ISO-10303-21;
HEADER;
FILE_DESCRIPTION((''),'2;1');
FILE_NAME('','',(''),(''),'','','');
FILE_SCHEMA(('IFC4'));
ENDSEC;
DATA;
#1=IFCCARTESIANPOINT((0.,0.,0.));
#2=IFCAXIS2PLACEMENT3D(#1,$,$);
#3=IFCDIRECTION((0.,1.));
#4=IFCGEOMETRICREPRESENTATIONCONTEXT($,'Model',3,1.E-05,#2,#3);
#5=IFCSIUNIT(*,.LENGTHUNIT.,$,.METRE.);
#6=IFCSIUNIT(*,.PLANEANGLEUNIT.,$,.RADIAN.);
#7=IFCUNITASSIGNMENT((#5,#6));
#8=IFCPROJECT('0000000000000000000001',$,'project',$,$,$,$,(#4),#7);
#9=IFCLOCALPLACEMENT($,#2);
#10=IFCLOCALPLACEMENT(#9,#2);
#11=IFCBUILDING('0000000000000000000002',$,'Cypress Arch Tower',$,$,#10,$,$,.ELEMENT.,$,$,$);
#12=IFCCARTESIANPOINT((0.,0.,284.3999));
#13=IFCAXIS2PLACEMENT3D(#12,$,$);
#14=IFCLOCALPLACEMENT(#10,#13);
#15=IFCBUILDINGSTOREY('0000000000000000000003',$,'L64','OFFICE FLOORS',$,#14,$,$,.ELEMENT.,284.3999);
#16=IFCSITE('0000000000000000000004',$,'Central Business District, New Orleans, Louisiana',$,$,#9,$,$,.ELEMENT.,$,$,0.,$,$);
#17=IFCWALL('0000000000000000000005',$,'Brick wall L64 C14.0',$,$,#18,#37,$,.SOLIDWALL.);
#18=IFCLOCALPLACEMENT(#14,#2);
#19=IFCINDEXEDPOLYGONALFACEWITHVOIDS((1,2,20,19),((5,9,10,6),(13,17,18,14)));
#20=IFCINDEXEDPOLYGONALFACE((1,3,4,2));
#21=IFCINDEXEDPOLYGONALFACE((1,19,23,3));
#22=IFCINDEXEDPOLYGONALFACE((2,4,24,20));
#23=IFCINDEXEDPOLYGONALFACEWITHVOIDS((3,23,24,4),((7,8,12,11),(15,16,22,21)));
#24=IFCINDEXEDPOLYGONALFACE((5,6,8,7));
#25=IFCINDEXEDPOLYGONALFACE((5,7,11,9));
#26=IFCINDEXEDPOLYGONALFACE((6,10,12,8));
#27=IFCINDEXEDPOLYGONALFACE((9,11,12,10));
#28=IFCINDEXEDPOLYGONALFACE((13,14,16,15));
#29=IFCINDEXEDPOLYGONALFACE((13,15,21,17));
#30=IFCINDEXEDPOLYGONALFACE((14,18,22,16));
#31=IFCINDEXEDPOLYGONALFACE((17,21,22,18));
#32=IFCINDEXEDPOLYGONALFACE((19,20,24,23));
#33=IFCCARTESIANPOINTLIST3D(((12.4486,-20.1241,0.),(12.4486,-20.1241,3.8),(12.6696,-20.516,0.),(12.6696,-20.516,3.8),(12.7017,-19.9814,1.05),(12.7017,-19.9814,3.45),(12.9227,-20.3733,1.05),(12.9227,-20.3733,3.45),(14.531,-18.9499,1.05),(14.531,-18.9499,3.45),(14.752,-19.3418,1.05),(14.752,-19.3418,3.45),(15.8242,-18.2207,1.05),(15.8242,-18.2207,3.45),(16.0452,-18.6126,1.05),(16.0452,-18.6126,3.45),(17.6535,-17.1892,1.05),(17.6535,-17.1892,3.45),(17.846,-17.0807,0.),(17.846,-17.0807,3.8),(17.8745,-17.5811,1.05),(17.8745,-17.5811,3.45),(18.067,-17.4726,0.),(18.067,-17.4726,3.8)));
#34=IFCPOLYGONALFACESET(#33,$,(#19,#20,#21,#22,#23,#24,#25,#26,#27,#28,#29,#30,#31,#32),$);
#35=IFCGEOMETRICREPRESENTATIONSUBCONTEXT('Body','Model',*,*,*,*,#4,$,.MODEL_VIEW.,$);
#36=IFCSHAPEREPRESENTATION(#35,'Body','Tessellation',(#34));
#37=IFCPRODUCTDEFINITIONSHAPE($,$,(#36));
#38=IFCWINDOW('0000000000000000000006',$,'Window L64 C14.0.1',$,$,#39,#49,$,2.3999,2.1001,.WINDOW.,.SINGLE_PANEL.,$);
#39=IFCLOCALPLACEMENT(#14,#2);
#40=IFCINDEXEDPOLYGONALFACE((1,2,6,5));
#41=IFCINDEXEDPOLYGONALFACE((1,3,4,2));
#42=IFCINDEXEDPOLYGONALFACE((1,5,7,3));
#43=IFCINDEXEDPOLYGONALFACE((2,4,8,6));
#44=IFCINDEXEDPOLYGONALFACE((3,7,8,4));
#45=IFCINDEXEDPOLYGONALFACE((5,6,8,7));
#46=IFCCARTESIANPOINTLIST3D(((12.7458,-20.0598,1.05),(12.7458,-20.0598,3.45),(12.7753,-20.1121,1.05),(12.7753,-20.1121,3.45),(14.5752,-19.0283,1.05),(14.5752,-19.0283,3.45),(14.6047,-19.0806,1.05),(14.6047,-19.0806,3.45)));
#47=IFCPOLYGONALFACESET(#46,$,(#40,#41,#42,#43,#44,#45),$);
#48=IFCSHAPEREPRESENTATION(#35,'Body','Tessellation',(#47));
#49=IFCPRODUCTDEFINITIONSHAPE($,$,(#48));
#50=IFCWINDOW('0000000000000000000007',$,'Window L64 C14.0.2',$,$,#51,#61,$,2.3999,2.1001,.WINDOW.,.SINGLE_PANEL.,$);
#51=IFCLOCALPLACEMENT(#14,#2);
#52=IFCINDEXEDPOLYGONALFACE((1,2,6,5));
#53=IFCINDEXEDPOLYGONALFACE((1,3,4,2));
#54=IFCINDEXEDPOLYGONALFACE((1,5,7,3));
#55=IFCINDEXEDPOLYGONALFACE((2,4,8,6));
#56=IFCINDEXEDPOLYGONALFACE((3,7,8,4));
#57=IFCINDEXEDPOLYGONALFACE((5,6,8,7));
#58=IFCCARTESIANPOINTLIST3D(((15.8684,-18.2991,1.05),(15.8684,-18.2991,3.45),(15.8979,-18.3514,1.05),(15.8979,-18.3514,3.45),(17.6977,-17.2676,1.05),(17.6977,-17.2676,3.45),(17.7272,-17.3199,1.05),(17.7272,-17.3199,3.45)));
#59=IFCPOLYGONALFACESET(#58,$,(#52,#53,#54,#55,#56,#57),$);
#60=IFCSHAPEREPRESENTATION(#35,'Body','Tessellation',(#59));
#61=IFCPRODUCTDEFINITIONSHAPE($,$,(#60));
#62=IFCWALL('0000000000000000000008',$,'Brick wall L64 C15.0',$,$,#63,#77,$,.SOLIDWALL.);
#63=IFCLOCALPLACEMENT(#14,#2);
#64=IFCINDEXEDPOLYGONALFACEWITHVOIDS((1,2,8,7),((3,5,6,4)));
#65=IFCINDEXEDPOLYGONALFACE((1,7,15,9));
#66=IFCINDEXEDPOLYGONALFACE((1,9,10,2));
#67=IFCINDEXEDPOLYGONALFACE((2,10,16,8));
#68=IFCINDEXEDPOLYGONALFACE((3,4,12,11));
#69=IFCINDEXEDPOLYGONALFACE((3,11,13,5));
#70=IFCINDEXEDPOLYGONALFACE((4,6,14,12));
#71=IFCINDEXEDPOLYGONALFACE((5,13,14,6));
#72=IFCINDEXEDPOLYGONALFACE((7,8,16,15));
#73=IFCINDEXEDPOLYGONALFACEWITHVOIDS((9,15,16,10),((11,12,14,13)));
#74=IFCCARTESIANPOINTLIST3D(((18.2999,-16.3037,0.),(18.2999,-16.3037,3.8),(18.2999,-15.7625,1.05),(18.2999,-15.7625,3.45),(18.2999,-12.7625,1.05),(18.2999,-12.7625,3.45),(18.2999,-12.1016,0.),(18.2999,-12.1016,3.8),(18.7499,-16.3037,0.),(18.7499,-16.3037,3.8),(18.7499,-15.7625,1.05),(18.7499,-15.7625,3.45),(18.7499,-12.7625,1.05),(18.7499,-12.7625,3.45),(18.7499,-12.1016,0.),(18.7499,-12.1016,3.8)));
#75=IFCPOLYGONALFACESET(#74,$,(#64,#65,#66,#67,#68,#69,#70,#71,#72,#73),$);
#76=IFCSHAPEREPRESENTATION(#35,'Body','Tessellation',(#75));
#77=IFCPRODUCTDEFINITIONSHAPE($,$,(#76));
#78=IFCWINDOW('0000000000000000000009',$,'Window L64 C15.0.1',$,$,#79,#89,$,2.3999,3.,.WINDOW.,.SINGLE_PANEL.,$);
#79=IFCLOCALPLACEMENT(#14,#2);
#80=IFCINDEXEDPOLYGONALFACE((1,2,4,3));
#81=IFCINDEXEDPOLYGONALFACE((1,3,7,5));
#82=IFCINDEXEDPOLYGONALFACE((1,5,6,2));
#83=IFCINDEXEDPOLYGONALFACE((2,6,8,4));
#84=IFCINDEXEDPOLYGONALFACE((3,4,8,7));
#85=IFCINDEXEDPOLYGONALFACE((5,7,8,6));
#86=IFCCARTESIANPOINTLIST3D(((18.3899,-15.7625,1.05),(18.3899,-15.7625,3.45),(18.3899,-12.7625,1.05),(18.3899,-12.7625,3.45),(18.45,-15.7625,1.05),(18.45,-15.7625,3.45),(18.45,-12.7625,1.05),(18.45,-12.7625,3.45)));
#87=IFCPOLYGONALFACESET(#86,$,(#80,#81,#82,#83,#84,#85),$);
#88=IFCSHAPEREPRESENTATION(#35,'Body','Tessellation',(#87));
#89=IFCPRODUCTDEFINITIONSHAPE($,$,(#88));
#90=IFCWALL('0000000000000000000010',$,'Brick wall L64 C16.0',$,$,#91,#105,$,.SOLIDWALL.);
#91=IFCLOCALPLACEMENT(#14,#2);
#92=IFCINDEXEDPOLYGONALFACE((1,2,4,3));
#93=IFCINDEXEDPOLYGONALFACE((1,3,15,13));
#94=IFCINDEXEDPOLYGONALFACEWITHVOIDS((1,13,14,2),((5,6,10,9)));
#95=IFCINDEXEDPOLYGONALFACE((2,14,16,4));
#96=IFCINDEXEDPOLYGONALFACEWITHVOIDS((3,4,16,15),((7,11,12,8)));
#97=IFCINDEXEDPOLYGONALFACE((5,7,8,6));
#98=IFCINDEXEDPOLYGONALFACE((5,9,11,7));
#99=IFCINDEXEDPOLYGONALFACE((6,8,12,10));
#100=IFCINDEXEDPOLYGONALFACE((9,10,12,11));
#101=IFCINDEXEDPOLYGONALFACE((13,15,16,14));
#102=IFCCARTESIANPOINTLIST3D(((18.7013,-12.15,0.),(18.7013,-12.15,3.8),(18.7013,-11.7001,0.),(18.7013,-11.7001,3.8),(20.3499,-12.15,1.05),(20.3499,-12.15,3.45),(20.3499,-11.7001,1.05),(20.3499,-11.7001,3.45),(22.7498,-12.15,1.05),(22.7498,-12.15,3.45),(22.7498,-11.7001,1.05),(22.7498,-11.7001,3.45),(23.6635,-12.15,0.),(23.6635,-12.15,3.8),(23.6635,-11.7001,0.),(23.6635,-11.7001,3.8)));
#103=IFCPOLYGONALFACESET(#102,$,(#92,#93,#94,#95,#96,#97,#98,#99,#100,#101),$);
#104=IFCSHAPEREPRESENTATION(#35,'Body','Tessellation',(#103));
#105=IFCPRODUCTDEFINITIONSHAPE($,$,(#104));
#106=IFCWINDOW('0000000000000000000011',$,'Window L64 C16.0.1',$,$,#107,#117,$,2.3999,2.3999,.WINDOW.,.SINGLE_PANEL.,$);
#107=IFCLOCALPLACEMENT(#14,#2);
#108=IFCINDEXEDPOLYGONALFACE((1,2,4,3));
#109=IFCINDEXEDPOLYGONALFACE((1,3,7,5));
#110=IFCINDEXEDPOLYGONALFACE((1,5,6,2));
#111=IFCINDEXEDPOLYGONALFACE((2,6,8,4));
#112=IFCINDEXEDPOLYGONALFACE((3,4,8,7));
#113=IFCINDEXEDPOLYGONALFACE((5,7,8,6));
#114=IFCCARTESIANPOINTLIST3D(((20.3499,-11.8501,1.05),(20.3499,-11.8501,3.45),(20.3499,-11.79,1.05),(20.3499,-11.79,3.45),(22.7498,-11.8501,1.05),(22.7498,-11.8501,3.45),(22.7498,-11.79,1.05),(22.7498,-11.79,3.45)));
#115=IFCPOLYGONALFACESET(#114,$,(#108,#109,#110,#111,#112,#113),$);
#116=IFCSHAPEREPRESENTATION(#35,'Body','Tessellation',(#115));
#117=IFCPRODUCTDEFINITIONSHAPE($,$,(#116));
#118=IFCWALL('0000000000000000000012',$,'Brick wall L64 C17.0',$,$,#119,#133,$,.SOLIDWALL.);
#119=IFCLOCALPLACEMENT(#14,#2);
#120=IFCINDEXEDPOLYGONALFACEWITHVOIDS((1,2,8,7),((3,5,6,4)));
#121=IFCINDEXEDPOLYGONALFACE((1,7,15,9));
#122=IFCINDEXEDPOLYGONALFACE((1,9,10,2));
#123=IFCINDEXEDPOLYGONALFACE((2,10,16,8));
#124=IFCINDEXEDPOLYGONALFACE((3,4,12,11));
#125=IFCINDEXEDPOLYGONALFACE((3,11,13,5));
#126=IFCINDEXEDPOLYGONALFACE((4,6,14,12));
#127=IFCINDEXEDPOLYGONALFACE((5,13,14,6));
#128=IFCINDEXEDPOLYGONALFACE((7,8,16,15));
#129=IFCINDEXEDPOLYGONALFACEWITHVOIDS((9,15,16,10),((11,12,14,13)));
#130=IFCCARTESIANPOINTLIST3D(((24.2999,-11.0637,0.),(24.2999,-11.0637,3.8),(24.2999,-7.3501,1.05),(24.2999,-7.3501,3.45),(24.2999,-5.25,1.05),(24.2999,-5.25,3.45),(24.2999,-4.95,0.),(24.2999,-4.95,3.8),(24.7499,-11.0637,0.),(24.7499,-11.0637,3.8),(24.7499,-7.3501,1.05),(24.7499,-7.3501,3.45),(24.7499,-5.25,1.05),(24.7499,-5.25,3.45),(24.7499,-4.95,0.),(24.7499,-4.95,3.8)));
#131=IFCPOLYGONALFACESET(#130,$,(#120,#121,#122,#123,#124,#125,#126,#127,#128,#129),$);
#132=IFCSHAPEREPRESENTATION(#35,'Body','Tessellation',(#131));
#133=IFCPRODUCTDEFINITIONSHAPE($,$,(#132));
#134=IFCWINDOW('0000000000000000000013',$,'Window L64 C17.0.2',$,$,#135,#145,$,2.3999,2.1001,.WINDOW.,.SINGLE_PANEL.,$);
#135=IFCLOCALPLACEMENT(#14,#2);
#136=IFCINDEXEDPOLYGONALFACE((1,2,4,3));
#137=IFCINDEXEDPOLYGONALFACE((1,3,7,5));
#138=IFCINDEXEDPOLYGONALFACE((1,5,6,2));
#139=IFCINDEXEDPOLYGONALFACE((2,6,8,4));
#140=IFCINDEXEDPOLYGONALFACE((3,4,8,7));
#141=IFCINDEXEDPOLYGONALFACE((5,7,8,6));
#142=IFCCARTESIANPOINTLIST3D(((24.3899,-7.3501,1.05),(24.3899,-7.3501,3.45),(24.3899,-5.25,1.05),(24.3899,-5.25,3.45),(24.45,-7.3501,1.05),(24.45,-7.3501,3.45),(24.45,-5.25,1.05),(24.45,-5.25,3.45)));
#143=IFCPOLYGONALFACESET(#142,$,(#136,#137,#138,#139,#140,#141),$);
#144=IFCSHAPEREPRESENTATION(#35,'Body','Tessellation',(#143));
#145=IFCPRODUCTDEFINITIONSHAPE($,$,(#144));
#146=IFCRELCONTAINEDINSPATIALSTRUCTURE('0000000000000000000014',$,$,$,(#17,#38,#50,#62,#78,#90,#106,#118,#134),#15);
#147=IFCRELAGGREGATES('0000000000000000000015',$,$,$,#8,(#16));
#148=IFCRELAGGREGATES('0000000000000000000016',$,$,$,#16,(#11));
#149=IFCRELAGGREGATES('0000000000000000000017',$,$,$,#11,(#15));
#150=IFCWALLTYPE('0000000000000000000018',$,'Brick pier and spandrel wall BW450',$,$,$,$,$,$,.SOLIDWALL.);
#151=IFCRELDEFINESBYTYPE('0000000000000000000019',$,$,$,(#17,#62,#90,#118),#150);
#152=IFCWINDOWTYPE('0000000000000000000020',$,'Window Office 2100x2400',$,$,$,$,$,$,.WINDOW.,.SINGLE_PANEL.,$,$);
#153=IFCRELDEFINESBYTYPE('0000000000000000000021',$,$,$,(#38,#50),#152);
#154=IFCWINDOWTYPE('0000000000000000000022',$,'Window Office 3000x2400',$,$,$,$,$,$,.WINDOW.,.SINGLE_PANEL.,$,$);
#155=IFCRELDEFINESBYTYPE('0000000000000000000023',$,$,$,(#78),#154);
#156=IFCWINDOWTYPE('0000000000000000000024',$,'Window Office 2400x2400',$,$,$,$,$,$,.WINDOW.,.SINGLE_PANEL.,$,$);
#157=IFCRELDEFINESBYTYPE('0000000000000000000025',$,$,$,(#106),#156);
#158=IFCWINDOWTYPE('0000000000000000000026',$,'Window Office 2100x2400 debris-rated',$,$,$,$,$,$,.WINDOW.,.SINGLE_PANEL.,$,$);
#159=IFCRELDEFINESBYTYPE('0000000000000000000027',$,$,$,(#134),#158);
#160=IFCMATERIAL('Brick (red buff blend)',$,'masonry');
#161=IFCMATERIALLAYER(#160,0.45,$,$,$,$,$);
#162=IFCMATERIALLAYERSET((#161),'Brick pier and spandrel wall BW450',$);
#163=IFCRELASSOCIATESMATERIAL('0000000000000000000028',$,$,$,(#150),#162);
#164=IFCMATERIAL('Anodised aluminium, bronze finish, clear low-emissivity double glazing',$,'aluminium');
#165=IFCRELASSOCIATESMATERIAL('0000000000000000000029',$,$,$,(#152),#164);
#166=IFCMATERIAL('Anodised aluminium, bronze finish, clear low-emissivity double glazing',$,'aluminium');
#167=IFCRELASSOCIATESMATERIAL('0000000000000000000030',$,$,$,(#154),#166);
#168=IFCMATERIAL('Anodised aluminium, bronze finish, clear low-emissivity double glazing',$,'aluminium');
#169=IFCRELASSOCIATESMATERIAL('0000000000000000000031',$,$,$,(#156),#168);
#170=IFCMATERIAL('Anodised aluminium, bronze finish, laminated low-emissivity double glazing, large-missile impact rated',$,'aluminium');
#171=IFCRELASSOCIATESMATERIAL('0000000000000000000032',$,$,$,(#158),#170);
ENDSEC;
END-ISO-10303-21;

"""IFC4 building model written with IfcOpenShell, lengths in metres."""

from ifc_helpers import new_model, si_unit, direction, frame, frame_2d, origin, place, context, subcontext, project, spatial, rectangle, extrude, material, layer, layer_set, type_object, element, fill, save


model = new_model("IFC4")

# Units and contexts
model_context = context("Model", 3, precision=1e-05, world=origin(), true_north=direction((0.0, 1.0)))
body_context = subcontext(model_context, "Body", "Model", "MODEL_VIEW")
ifc_project = project(units=[si_unit("LENGTHUNIT", "METRE"), si_unit("PLANEANGLEUNIT", "RADIAN")], contexts=[model_context])

# Site, building, storey
site_placement = place(None, origin())
site = spatial("IfcSite", under=ifc_project, at=site_placement, Name="Central Business District, New Orleans, Louisiana", CompositionType="ELEMENT", RefElevation=0.0)
building_placement = place(site_placement, origin())
building = spatial("IfcBuilding", under=site, at=building_placement, Name="Cypress Arch Tower", CompositionType="ELEMENT")
storey_placement = place(building_placement, frame((0.0, 0.0, 284.3999)))
storey = spatial("IfcBuildingStorey", under=building, at=storey_placement, Name="L64", Description="OFFICE FLOORS", CompositionType="ELEMENT", Elevation=284.3999)

# Wall, openings, windows
ifc_material_1 = material(Name="Brick (red buff blend)", Category="masonry")
ifc_layer_1 = layer(ifc_material_1, 0.45)
ifc_layer_set_1 = layer_set([ifc_layer_1], Name="Brick pier and spandrel wall BW450")
wall_type_1 = type_object("IfcWallType", Name="Brick pier and spandrel wall BW450", PredefinedType="SOLIDWALL", material=ifc_layer_set_1)
wall_1_placement = place(storey_placement, frame((12.5591, -20.3201, 0.0), z_axis=(0.0, 0.0, 1.0), x_axis=(0.871066, 0.491166, 0.0)))
wall_1 = element("IfcWall", 1, at=wall_1_placement, inside=storey, type_object=wall_type_1, Name="Brick wall L64 C14.0", PredefinedType="SOLIDWALL", context=body_context, shape_type="SweptSolid", body=[
    extrude(rectangle(XDim=6.1963, YDim=0.45, at=frame_2d((3.0981, 0.0))), origin(), (0.0, 0.0, 1.0), 3.8),
])
opening_1_placement = place(wall_1_placement, frame((0.2905, 0.0, 1.05)))
opening_1 = element("IfcOpeningElement", 2, at=opening_1_placement, cuts=wall_1, PredefinedType="OPENING", context=body_context, shape_type="SweptSolid", body=[
    extrude(rectangle(XDim=2.1001, YDim=2.3999, at=frame_2d((1.05, 1.2))), frame((0.0, 0.2349, 0.0), z_axis=(0.0, -1.0, 0.0), x_axis=(1.0, 0.0, 0.0)), (0.0, 0.0, 1.0), 0.47),
])
opening_2_placement = place(wall_1_placement, frame((3.8752, 0.0, 1.05)))
opening_2 = element("IfcOpeningElement", 3, at=opening_2_placement, cuts=wall_1, PredefinedType="OPENING", context=body_context, shape_type="SweptSolid", body=[
    extrude(rectangle(XDim=2.1001, YDim=2.3999, at=frame_2d((1.05, 1.2))), frame((0.0, 0.2349, 0.0), z_axis=(0.0, -1.0, 0.0), x_axis=(1.0, 0.0, 0.0)), (0.0, 0.0, 1.0), 0.47),
])
ifc_material_2 = material(Name="Anodised aluminium, bronze finish, clear low-emissivity double glazing", Category="aluminium")
window_type_1 = type_object("IfcWindowType", Name="Window Office 2100x2400", PartitioningType="SINGLE_PANEL", PredefinedType="WINDOW", material=ifc_material_2)
window_1_placement = place(opening_1_placement, origin())
window_1 = element("IfcWindow", 4, at=window_1_placement, inside=storey, type_object=window_type_1, Name="Window L64 C14.0.1", OverallHeight=2.3999, OverallWidth=2.1001, PartitioningType="SINGLE_PANEL", PredefinedType="WINDOW", context=body_context, shape_type="SweptSolid", body=[
    extrude(rectangle(XDim=2.1001, YDim=2.3999, at=frame_2d((1.05, 1.2))), frame((0.0, 0.135, 0.0), z_axis=(0.0, -1.0, 0.0), x_axis=(1.0, 0.0, 0.0)), (0.0, 0.0, 1.0), 0.0601),
])
fill(opening_1, window_1)
window_2_placement = place(opening_2_placement, origin())
window_2 = element("IfcWindow", 5, at=window_2_placement, inside=storey, type_object=window_type_1, Name="Window L64 C14.0.2", OverallHeight=2.3999, OverallWidth=2.1001, PartitioningType="SINGLE_PANEL", PredefinedType="WINDOW", context=body_context, shape_type="SweptSolid", body=[
    extrude(rectangle(XDim=2.1001, YDim=2.3999, at=frame_2d((1.05, 1.2))), frame((0.0, 0.135, 0.0), z_axis=(0.0, -1.0, 0.0), x_axis=(1.0, 0.0, 0.0)), (0.0, 0.0, 1.0), 0.0601),
])
fill(opening_2, window_2)

# Walls, openings, windows
wall_2_placement = place(storey_placement, frame((18.5249, -16.3037, 0.0), z_axis=(0.0, 0.0, 1.0), x_axis=(0.0, 1.0, 0.0)))
wall_2 = element("IfcWall", 6, at=wall_2_placement, inside=storey, type_object=wall_type_1, Name="Brick wall L64 C15.0", PredefinedType="SOLIDWALL", context=body_context, shape_type="SweptSolid", body=[
    extrude(rectangle(XDim=4.2021, YDim=0.45, at=frame_2d((2.1011, 0.0))), origin(), (0.0, 0.0, 1.0), 3.8),
])
opening_3_placement = place(wall_2_placement, frame((0.5413, 0.0, 1.05)))
opening_3 = element("IfcOpeningElement", 7, at=opening_3_placement, cuts=wall_2, PredefinedType="OPENING", context=body_context, shape_type="SweptSolid", body=[
    extrude(rectangle(XDim=3.0, YDim=2.3999, at=frame_2d((1.5, 1.2))), frame((0.0, 0.2349, 0.0), z_axis=(0.0, -1.0, 0.0), x_axis=(1.0, 0.0, 0.0)), (0.0, 0.0, 1.0), 0.47),
])
ifc_material_3 = material(Name="Anodised aluminium, bronze finish, clear low-emissivity double glazing", Category="aluminium")
window_type_2 = type_object("IfcWindowType", Name="Window Office 3000x2400", PartitioningType="SINGLE_PANEL", PredefinedType="WINDOW", material=ifc_material_3)
window_3_placement = place(opening_3_placement, origin())
window_3 = element("IfcWindow", 8, at=window_3_placement, inside=storey, type_object=window_type_2, Name="Window L64 C15.0.1", OverallHeight=2.3999, OverallWidth=3.0, PartitioningType="SINGLE_PANEL", PredefinedType="WINDOW", context=body_context, shape_type="SweptSolid", body=[
    extrude(rectangle(XDim=3.0, YDim=2.3999, at=frame_2d((1.5, 1.2))), frame((0.0, 0.135, 0.0), z_axis=(0.0, -1.0, 0.0), x_axis=(1.0, 0.0, 0.0)), (0.0, 0.0, 1.0), 0.0601),
])
fill(opening_3, window_3)
wall_3_placement = place(storey_placement, frame((18.7014, -11.925, 0.0), z_axis=(0.0, 0.0, 1.0), x_axis=(1.0, 0.0, 0.0)))
wall_3 = element("IfcWall", 9, at=wall_3_placement, inside=storey, type_object=wall_type_1, Name="Brick wall L64 C16.0", PredefinedType="SOLIDWALL", context=body_context, shape_type="SweptSolid", body=[
    extrude(rectangle(XDim=4.9622, YDim=0.45, at=frame_2d((2.481, 0.0))), origin(), (0.0, 0.0, 1.0), 3.8),
])
opening_4_placement = place(wall_3_placement, frame((1.6484, 0.0, 1.05)))
opening_4 = element("IfcOpeningElement", 10, at=opening_4_placement, cuts=wall_3, PredefinedType="OPENING", context=body_context, shape_type="SweptSolid", body=[
    extrude(rectangle(XDim=2.3999, YDim=2.3999, at=frame_2d((1.2, 1.2))), frame((0.0, 0.2349, 0.0), z_axis=(0.0, -1.0, 0.0), x_axis=(1.0, 0.0, 0.0)), (0.0, 0.0, 1.0), 0.47),
])
ifc_material_4 = material(Name="Anodised aluminium, bronze finish, clear low-emissivity double glazing", Category="aluminium")
window_type_3 = type_object("IfcWindowType", Name="Window Office 2400x2400", PartitioningType="SINGLE_PANEL", PredefinedType="WINDOW", material=ifc_material_4)
window_4_placement = place(opening_4_placement, origin())
window_4 = element("IfcWindow", 11, at=window_4_placement, inside=storey, type_object=window_type_3, Name="Window L64 C16.0.1", OverallHeight=2.3999, OverallWidth=2.3999, PartitioningType="SINGLE_PANEL", PredefinedType="WINDOW", context=body_context, shape_type="SweptSolid", body=[
    extrude(rectangle(XDim=2.3999, YDim=2.3999, at=frame_2d((1.2, 1.2))), frame((0.0, 0.135, 0.0), z_axis=(0.0, -1.0, 0.0), x_axis=(1.0, 0.0, 0.0)), (0.0, 0.0, 1.0), 0.0601),
])
fill(opening_4, window_4)
wall_4_placement = place(storey_placement, frame((24.5249, -11.0637, 0.0), z_axis=(0.0, 0.0, 1.0), x_axis=(0.0, 1.0, 0.0)))
wall_4 = element("IfcWall", 12, at=wall_4_placement, inside=storey, type_object=wall_type_1, Name="Brick wall L64 C17.0", PredefinedType="SOLIDWALL", context=body_context, shape_type="SweptSolid", body=[
    extrude(rectangle(XDim=6.1138, YDim=0.45, at=frame_2d((3.0569, 0.0))), origin(), (0.0, 0.0, 1.0), 3.8),
])
opening_5_placement = place(wall_4_placement, frame((3.7136, 0.0, 1.05)))
opening_5 = element("IfcOpeningElement", 13, at=opening_5_placement, cuts=wall_4, PredefinedType="OPENING", context=body_context, shape_type="SweptSolid", body=[
    extrude(rectangle(XDim=2.1001, YDim=2.3999, at=frame_2d((1.05, 1.2))), frame((0.0, 0.2349, 0.0), z_axis=(0.0, -1.0, 0.0), x_axis=(1.0, 0.0, 0.0)), (0.0, 0.0, 1.0), 0.47),
])
ifc_material_5 = material(Name="Anodised aluminium, bronze finish, laminated low-emissivity double glazing, large-missile impact rated", Category="aluminium")
window_type_4 = type_object("IfcWindowType", Name="Window Office 2100x2400 debris-rated", PartitioningType="SINGLE_PANEL", PredefinedType="WINDOW", material=ifc_material_5)
window_5_placement = place(opening_5_placement, origin())
window_5 = element("IfcWindow", 14, at=window_5_placement, inside=storey, type_object=window_type_4, Name="Window L64 C17.0.2", OverallHeight=2.3999, OverallWidth=2.1001, PartitioningType="SINGLE_PANEL", PredefinedType="WINDOW", context=body_context, shape_type="SweptSolid", body=[
    extrude(rectangle(XDim=2.1001, YDim=2.3999, at=frame_2d((1.05, 1.2))), frame((0.0, 0.135, 0.0), z_axis=(0.0, -1.0, 0.0), x_axis=(1.0, 0.0, 0.0)), (0.0, 0.0, 1.0), 0.0601),
])
fill(opening_5, window_5)

save(model, "model.ifc")
